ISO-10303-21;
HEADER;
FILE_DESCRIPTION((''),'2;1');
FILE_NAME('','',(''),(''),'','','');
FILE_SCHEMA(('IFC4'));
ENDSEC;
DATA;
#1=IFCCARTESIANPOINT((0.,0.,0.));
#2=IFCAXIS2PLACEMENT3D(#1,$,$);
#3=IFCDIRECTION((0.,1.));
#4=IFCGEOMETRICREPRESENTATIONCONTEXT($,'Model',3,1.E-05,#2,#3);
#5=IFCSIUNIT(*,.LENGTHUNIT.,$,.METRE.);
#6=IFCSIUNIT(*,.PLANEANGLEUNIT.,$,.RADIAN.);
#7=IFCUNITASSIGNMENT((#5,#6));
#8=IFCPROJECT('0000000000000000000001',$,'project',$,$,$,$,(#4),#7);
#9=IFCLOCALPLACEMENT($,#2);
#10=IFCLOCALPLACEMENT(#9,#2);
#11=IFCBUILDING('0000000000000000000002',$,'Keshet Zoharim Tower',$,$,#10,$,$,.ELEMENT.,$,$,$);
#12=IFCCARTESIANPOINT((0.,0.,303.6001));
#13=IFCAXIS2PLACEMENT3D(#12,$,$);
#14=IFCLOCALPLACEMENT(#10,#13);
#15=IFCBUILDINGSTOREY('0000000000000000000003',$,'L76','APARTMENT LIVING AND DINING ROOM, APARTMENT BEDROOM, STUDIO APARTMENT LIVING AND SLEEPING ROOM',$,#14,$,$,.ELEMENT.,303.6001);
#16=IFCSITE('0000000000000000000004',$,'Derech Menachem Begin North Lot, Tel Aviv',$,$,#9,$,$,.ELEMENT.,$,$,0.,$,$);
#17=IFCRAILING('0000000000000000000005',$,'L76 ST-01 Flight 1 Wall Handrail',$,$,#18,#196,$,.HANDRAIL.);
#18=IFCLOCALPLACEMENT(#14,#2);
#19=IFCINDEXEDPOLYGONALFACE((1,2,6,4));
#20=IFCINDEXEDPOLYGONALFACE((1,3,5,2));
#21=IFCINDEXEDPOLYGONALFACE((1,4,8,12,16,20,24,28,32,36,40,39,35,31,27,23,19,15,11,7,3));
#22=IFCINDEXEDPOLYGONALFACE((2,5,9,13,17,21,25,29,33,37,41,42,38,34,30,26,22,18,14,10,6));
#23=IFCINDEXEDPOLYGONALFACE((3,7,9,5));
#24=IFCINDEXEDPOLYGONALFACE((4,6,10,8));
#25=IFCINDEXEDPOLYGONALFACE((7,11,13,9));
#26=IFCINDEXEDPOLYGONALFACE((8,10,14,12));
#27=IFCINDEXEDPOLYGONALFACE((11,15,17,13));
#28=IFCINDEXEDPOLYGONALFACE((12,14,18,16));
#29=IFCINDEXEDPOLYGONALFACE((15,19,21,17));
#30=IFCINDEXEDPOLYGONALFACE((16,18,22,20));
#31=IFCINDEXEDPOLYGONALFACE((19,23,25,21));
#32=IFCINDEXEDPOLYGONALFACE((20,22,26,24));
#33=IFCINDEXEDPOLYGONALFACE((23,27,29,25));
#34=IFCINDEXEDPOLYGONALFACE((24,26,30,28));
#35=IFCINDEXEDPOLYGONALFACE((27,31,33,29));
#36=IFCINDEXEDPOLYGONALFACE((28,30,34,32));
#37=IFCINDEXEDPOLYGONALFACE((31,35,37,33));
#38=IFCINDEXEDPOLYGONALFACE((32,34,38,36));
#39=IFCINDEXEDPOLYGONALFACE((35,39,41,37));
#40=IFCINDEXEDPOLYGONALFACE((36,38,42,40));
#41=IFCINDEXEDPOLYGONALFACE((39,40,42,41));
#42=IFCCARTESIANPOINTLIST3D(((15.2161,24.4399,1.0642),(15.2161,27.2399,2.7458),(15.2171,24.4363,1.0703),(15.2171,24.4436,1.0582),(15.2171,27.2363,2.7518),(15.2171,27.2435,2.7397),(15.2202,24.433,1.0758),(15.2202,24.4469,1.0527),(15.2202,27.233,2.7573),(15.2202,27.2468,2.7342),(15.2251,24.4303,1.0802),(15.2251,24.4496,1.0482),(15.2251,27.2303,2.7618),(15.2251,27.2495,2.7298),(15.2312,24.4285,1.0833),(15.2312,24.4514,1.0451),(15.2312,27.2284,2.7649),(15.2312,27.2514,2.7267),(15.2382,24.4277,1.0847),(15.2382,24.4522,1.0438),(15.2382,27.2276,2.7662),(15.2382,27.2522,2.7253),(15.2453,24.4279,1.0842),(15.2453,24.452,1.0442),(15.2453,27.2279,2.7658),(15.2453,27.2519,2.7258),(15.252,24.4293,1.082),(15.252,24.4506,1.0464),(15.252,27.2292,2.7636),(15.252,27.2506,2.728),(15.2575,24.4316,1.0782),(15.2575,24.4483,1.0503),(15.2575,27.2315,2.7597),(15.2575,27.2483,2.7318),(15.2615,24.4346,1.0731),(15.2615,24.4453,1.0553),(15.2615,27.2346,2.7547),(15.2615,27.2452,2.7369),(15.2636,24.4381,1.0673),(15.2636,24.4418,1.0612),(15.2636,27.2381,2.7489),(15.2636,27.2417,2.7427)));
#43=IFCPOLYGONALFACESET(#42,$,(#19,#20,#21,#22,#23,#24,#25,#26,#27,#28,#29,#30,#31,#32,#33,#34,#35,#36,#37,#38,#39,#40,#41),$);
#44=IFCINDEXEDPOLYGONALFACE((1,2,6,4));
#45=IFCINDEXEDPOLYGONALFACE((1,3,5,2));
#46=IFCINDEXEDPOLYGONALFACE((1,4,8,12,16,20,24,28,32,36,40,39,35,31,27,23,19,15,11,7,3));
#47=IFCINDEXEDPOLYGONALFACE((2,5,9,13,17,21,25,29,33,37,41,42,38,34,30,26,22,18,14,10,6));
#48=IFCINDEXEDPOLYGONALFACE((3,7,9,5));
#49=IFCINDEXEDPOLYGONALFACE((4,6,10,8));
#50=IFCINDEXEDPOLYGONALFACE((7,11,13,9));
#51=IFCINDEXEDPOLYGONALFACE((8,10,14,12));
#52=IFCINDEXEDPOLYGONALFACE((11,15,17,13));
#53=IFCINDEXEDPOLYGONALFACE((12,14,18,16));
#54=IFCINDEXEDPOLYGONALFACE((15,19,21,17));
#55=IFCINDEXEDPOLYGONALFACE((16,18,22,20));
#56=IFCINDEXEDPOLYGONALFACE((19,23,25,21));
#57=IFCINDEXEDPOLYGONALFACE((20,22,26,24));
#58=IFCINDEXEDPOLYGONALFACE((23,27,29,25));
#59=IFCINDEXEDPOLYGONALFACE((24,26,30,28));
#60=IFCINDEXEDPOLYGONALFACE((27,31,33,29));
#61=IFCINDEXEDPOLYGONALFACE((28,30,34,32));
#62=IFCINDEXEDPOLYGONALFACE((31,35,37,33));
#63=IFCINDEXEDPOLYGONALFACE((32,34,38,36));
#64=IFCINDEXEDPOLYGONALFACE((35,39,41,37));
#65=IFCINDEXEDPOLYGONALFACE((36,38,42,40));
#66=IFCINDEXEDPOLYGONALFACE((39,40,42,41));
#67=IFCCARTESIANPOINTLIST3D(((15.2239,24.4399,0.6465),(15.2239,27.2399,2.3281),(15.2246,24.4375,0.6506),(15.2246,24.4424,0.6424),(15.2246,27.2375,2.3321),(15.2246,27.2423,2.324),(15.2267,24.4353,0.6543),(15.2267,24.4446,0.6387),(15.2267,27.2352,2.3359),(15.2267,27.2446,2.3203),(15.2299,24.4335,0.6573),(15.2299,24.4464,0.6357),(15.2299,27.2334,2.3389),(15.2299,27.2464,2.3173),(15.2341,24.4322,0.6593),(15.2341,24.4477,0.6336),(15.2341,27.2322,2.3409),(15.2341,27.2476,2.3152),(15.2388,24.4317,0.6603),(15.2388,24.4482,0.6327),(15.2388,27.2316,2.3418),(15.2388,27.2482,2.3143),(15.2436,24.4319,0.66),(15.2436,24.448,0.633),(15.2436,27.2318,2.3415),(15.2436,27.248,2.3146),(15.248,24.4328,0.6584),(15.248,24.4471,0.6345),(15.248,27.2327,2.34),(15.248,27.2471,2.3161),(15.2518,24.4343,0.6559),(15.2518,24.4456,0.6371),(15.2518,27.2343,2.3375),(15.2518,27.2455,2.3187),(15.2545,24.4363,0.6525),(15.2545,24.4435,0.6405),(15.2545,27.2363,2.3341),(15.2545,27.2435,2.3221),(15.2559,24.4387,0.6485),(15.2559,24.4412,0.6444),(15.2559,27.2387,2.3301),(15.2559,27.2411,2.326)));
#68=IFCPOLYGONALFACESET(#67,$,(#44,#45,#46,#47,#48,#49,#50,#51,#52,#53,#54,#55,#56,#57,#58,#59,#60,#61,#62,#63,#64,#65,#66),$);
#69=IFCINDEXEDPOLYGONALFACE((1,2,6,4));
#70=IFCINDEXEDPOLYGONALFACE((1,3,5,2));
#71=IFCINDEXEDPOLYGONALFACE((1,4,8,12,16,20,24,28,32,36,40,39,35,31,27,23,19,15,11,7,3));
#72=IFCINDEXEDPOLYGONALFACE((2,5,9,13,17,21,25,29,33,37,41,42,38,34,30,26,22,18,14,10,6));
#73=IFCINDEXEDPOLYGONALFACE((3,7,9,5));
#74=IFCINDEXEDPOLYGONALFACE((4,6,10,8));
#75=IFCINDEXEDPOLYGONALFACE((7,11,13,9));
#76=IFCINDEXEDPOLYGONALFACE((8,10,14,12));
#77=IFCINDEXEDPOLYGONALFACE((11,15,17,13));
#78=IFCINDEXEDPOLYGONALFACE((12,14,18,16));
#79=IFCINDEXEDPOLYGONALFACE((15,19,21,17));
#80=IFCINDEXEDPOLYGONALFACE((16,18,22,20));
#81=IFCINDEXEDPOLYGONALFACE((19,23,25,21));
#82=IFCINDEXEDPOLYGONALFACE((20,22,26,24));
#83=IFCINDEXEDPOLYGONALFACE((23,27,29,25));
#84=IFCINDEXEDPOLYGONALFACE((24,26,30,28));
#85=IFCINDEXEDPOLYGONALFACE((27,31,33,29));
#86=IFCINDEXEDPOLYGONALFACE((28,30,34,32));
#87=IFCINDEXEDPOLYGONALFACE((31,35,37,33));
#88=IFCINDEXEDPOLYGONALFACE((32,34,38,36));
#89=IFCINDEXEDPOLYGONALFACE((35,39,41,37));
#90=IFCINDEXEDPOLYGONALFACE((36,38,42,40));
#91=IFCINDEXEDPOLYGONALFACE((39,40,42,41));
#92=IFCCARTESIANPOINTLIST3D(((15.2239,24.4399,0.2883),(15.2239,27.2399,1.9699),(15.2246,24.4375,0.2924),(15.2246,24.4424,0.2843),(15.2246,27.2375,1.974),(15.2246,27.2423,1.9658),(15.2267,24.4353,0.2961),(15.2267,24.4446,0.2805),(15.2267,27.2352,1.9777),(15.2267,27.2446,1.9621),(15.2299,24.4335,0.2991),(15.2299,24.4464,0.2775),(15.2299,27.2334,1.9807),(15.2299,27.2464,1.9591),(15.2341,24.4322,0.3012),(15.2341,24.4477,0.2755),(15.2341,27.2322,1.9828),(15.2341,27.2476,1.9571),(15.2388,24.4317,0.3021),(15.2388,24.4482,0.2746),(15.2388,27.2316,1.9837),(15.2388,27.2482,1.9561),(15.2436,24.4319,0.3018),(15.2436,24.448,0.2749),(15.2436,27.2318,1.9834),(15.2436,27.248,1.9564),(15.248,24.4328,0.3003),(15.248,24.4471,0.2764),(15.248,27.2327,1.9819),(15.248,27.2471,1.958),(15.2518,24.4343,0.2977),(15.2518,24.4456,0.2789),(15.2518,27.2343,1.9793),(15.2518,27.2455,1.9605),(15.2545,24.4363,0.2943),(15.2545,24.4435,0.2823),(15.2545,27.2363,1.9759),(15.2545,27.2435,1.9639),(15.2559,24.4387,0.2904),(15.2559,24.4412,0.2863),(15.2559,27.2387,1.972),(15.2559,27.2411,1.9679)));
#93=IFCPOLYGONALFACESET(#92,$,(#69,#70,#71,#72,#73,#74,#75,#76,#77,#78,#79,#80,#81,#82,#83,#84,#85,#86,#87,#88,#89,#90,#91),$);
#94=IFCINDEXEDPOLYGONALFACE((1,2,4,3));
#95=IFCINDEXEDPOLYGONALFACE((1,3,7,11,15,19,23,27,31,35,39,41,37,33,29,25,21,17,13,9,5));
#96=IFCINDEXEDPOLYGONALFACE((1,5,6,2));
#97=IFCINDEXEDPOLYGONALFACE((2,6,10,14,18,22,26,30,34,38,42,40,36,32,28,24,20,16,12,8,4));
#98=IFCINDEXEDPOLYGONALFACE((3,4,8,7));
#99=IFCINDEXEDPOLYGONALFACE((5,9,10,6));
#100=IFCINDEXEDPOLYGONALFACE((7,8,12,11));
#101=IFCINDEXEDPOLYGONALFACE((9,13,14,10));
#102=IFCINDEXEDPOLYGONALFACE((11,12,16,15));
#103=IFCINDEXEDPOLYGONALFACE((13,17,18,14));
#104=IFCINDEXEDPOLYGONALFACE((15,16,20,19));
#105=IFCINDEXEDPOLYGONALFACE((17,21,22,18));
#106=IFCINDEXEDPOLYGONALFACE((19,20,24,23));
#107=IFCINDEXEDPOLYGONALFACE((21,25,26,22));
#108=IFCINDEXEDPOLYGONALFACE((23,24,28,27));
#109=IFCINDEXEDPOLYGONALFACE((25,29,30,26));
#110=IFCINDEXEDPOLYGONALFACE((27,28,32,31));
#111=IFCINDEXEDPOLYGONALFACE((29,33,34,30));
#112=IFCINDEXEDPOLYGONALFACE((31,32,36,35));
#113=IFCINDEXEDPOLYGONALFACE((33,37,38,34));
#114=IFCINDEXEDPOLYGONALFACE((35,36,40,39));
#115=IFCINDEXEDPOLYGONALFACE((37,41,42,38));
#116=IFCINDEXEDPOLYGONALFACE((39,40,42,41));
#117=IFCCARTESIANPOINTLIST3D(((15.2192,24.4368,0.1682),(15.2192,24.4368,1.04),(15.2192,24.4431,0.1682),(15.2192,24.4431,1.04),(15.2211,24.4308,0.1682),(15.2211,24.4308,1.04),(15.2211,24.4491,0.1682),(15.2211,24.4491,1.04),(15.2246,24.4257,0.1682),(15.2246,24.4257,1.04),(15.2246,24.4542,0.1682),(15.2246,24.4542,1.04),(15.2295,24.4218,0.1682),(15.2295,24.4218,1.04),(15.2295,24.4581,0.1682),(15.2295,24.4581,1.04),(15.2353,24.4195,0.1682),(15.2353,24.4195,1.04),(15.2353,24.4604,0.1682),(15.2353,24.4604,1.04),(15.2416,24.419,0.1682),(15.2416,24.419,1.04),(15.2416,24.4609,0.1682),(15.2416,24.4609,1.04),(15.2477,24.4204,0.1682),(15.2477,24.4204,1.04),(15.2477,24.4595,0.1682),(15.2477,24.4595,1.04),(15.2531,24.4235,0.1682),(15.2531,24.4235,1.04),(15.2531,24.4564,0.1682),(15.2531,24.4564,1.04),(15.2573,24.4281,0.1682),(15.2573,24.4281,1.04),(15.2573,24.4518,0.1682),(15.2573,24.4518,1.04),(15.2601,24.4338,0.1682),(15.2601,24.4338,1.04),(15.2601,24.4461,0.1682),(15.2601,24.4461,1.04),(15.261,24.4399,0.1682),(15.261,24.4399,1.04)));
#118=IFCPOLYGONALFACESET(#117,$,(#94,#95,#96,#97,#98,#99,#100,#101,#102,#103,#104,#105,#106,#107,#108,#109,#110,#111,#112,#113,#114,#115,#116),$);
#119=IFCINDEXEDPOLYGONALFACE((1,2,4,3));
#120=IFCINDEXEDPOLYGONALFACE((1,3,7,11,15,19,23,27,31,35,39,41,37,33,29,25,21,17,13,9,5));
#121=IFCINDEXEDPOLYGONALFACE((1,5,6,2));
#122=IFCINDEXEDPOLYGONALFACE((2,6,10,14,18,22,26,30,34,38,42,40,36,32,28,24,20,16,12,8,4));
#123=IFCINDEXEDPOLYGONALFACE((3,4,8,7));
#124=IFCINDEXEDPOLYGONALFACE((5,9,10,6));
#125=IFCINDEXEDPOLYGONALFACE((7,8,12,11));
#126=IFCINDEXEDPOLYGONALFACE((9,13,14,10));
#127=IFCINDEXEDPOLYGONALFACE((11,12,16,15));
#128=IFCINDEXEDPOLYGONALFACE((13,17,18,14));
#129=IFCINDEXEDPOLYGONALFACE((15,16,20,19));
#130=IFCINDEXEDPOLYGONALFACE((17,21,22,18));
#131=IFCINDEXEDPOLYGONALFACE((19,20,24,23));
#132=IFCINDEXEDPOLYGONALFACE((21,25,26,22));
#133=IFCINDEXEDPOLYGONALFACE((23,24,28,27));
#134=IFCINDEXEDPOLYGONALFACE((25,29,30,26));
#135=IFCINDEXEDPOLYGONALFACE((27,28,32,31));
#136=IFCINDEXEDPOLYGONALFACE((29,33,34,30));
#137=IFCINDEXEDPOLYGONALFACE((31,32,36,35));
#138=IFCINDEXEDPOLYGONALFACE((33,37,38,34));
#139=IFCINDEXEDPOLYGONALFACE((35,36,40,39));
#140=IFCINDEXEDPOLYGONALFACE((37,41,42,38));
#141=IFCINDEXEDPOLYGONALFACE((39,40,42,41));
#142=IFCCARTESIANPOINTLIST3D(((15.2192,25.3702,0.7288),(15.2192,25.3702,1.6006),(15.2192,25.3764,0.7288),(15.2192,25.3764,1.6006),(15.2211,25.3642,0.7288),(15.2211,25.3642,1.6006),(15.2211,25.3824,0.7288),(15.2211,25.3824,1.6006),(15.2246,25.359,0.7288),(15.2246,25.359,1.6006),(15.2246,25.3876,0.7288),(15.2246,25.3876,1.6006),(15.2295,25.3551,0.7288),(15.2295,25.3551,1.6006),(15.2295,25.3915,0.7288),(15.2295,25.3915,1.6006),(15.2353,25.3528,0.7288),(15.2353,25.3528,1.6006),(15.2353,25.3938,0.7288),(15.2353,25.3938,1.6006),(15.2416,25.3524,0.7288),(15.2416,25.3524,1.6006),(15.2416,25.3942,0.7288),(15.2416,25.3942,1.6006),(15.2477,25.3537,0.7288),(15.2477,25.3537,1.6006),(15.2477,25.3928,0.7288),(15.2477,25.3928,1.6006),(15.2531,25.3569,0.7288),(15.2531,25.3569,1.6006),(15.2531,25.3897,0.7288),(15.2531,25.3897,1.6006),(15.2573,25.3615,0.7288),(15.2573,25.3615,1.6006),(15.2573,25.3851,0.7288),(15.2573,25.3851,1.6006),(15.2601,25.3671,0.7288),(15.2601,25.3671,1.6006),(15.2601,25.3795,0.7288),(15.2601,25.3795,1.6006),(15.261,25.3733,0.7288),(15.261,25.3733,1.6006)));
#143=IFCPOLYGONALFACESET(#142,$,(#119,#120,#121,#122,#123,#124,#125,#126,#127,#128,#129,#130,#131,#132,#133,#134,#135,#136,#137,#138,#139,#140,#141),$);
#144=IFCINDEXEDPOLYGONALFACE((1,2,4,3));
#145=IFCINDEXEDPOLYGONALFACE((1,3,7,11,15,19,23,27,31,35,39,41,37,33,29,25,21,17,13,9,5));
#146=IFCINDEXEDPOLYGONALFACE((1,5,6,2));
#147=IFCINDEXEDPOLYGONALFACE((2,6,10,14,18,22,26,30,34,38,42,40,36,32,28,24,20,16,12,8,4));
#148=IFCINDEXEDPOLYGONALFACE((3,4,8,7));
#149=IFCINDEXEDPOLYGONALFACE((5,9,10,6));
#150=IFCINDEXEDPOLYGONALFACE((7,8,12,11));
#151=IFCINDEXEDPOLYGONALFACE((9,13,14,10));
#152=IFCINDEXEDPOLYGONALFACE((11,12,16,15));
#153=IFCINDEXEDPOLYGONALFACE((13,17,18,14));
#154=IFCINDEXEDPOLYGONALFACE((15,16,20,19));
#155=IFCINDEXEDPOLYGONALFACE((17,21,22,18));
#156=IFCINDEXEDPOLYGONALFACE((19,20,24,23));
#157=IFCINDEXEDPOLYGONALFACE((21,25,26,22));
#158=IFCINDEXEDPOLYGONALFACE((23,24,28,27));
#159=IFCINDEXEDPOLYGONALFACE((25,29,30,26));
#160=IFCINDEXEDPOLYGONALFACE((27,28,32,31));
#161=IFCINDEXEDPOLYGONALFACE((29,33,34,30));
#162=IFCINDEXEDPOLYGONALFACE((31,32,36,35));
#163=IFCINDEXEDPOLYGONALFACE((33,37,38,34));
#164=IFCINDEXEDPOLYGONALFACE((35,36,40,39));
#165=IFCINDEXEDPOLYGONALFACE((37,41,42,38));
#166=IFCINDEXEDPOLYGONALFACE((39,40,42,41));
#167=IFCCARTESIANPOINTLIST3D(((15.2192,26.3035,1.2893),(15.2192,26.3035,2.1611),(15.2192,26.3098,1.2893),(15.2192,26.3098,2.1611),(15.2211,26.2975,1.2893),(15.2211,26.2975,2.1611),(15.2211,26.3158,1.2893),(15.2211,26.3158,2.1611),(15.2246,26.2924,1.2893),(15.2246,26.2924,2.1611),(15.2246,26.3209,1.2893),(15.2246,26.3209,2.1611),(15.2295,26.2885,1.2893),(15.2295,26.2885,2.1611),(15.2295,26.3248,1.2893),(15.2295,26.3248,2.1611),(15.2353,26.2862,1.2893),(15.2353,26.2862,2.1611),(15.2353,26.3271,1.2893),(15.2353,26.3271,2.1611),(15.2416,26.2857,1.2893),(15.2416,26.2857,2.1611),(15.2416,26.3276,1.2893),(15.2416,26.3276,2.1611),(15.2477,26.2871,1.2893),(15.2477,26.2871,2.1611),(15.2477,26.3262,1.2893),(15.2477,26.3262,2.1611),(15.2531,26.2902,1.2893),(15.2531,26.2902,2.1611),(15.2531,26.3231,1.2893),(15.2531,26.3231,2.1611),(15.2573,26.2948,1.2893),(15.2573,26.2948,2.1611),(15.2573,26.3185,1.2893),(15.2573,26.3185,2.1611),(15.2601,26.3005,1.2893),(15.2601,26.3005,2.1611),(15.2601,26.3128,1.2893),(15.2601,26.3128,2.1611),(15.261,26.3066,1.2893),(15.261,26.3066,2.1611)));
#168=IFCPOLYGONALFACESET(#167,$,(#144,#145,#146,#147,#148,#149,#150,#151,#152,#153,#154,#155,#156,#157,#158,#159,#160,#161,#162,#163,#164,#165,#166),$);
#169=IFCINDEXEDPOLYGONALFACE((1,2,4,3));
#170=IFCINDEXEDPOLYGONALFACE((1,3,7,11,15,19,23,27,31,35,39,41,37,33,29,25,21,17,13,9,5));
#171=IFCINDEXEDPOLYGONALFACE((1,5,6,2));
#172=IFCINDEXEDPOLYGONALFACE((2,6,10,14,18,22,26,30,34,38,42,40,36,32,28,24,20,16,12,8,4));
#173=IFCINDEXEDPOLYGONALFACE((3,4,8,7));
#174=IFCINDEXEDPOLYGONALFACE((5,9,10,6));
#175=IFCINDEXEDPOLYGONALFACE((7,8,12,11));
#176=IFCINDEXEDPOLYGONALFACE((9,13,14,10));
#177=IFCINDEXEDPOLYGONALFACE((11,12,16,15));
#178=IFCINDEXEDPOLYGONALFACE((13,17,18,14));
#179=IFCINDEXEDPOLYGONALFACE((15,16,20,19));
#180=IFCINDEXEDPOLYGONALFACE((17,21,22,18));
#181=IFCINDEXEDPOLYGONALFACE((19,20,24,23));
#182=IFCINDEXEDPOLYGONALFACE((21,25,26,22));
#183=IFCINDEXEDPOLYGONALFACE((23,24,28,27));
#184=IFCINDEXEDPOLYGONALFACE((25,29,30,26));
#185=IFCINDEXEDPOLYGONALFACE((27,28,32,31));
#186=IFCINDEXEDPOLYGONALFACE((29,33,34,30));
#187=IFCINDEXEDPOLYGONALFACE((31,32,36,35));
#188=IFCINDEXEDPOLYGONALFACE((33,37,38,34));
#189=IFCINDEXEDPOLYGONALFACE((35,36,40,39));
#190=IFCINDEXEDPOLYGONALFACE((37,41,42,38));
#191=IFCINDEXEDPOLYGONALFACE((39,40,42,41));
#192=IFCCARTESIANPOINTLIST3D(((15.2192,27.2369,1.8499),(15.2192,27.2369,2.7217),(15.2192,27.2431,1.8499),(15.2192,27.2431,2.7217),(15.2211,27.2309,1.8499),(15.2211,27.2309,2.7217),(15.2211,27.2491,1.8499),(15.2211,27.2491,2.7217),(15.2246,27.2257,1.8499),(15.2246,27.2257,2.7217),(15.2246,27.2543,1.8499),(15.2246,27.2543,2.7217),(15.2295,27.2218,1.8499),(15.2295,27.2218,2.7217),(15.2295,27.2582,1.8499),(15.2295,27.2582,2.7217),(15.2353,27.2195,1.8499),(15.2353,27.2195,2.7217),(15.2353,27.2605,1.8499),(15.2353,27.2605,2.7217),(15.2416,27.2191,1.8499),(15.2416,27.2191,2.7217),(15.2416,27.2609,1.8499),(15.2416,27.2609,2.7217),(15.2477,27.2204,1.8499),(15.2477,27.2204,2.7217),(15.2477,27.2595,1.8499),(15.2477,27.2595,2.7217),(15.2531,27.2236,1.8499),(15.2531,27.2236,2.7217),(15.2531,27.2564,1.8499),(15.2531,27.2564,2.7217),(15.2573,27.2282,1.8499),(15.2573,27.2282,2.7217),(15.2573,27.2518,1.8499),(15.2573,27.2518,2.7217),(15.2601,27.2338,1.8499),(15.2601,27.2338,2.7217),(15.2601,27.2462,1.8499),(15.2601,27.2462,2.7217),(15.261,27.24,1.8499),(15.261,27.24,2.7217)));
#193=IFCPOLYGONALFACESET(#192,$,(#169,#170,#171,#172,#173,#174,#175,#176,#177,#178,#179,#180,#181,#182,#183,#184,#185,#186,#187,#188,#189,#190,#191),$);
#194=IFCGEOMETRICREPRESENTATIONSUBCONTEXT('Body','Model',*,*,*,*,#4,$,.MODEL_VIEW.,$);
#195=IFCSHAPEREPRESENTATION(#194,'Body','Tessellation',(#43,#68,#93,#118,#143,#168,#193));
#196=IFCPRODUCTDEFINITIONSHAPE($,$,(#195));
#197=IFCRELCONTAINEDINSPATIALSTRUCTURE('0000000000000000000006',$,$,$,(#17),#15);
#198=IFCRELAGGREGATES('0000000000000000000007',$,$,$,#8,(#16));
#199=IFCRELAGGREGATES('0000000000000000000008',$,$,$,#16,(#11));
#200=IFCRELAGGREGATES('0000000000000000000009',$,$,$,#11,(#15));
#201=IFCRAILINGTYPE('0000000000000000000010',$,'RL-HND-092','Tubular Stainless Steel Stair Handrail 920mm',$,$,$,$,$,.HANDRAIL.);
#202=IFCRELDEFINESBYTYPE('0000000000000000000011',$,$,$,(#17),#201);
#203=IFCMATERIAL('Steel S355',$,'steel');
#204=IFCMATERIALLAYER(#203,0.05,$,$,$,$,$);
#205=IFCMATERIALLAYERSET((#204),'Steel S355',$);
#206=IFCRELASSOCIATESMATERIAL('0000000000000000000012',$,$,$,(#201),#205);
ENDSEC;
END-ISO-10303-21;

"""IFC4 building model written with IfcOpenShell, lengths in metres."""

from ifc_helpers import new_model, si_unit, direction, frame, origin, origin_2d, place, context, subcontext, project, spatial, circle, extrude, material, layer, layer_set, type_object, element, save


model = new_model("IFC4")

# Units and contexts
model_context = context("Model", 3, precision=1e-05, world=origin(), true_north=direction((0.0, 1.0)))
body_context = subcontext(model_context, "Body", "Model", "MODEL_VIEW")
ifc_project = project(units=[si_unit("LENGTHUNIT", "METRE"), si_unit("PLANEANGLEUNIT", "RADIAN")], contexts=[model_context])

# Site, building, storey
site_placement = place(None, origin())
site = spatial("IfcSite", under=ifc_project, at=site_placement, Name="Derech Menachem Begin North Lot, Tel Aviv", CompositionType="ELEMENT", RefElevation=0.0)
building_placement = place(site_placement, origin())
building = spatial("IfcBuilding", under=site, at=building_placement, Name="Keshet Zoharim Tower", CompositionType="ELEMENT")
storey_placement = place(building_placement, frame((0.0, 0.0, 303.6001)))
storey = spatial("IfcBuildingStorey", under=building, at=storey_placement, Name="L76", Description="APARTMENT LIVING AND DINING ROOM, APARTMENT BEDROOM, STUDIO APARTMENT LIVING AND SLEEPING ROOM", CompositionType="ELEMENT", Elevation=303.6001)

# Shared definitions
ifc_material_1 = material(Name="Steel S355", Category="steel")

# Railing
ifc_layer_1 = layer(ifc_material_1, 0.05)
ifc_layer_set_1 = layer_set([ifc_layer_1], Name="Steel S355")
railing_type_1 = type_object("IfcRailingType", Name="RL-HND-092", Description="Tubular Stainless Steel Stair Handrail 920mm", PredefinedType="HANDRAIL", material=ifc_layer_set_1)
railing_1_placement = place(storey_placement, frame((15.24, 24.4399, 0.1682)))
element("IfcRailing", 1, at=railing_1_placement, inside=storey, type_object=railing_type_1, Name="L76 ST-01 Flight 1 Wall Handrail", PredefinedType="HANDRAIL", context=body_context, shape_type="SweptSolid", body=[
    extrude(circle(Radius=0.0239, at=origin_2d()), frame((0.0, 0.0, 0.896), z_axis=(0.0, 0.857275, 0.514858), x_axis=(-1.0, 0.0, 0.0)), (0.0, 0.0, 1.0), 3.2661),
    extrude(circle(Radius=0.0161, at=origin_2d()), frame((0.0, 0.0, 0.4783), z_axis=(0.0, 0.857275, 0.514858), x_axis=(-1.0, 0.0, 0.0)), (0.0, 0.0, 1.0), 3.2661),
    extrude(circle(Radius=0.0161, at=origin_2d()), frame((0.0, 0.0, 0.1201), z_axis=(0.0, 0.857275, 0.514858), x_axis=(-1.0, 0.0, 0.0)), (0.0, 0.0, 1.0), 3.2661),
    extrude(circle(Radius=0.021, at=origin_2d()), origin(), (0.0, 0.0, 1.0), 0.8718),
    extrude(circle(Radius=0.021, at=origin_2d()), frame((0.0, 0.9333, 0.5605)), (0.0, 0.0, 1.0), 0.8718),
    extrude(circle(Radius=0.021, at=origin_2d()), frame((0.0, 1.8667, 1.1211)), (0.0, 0.0, 1.0), 0.8718),
    extrude(circle(Radius=0.021, at=origin_2d()), frame((0.0, 2.8, 1.6816)), (0.0, 0.0, 1.0), 0.8718),
])

save(model, "model.ifc")
